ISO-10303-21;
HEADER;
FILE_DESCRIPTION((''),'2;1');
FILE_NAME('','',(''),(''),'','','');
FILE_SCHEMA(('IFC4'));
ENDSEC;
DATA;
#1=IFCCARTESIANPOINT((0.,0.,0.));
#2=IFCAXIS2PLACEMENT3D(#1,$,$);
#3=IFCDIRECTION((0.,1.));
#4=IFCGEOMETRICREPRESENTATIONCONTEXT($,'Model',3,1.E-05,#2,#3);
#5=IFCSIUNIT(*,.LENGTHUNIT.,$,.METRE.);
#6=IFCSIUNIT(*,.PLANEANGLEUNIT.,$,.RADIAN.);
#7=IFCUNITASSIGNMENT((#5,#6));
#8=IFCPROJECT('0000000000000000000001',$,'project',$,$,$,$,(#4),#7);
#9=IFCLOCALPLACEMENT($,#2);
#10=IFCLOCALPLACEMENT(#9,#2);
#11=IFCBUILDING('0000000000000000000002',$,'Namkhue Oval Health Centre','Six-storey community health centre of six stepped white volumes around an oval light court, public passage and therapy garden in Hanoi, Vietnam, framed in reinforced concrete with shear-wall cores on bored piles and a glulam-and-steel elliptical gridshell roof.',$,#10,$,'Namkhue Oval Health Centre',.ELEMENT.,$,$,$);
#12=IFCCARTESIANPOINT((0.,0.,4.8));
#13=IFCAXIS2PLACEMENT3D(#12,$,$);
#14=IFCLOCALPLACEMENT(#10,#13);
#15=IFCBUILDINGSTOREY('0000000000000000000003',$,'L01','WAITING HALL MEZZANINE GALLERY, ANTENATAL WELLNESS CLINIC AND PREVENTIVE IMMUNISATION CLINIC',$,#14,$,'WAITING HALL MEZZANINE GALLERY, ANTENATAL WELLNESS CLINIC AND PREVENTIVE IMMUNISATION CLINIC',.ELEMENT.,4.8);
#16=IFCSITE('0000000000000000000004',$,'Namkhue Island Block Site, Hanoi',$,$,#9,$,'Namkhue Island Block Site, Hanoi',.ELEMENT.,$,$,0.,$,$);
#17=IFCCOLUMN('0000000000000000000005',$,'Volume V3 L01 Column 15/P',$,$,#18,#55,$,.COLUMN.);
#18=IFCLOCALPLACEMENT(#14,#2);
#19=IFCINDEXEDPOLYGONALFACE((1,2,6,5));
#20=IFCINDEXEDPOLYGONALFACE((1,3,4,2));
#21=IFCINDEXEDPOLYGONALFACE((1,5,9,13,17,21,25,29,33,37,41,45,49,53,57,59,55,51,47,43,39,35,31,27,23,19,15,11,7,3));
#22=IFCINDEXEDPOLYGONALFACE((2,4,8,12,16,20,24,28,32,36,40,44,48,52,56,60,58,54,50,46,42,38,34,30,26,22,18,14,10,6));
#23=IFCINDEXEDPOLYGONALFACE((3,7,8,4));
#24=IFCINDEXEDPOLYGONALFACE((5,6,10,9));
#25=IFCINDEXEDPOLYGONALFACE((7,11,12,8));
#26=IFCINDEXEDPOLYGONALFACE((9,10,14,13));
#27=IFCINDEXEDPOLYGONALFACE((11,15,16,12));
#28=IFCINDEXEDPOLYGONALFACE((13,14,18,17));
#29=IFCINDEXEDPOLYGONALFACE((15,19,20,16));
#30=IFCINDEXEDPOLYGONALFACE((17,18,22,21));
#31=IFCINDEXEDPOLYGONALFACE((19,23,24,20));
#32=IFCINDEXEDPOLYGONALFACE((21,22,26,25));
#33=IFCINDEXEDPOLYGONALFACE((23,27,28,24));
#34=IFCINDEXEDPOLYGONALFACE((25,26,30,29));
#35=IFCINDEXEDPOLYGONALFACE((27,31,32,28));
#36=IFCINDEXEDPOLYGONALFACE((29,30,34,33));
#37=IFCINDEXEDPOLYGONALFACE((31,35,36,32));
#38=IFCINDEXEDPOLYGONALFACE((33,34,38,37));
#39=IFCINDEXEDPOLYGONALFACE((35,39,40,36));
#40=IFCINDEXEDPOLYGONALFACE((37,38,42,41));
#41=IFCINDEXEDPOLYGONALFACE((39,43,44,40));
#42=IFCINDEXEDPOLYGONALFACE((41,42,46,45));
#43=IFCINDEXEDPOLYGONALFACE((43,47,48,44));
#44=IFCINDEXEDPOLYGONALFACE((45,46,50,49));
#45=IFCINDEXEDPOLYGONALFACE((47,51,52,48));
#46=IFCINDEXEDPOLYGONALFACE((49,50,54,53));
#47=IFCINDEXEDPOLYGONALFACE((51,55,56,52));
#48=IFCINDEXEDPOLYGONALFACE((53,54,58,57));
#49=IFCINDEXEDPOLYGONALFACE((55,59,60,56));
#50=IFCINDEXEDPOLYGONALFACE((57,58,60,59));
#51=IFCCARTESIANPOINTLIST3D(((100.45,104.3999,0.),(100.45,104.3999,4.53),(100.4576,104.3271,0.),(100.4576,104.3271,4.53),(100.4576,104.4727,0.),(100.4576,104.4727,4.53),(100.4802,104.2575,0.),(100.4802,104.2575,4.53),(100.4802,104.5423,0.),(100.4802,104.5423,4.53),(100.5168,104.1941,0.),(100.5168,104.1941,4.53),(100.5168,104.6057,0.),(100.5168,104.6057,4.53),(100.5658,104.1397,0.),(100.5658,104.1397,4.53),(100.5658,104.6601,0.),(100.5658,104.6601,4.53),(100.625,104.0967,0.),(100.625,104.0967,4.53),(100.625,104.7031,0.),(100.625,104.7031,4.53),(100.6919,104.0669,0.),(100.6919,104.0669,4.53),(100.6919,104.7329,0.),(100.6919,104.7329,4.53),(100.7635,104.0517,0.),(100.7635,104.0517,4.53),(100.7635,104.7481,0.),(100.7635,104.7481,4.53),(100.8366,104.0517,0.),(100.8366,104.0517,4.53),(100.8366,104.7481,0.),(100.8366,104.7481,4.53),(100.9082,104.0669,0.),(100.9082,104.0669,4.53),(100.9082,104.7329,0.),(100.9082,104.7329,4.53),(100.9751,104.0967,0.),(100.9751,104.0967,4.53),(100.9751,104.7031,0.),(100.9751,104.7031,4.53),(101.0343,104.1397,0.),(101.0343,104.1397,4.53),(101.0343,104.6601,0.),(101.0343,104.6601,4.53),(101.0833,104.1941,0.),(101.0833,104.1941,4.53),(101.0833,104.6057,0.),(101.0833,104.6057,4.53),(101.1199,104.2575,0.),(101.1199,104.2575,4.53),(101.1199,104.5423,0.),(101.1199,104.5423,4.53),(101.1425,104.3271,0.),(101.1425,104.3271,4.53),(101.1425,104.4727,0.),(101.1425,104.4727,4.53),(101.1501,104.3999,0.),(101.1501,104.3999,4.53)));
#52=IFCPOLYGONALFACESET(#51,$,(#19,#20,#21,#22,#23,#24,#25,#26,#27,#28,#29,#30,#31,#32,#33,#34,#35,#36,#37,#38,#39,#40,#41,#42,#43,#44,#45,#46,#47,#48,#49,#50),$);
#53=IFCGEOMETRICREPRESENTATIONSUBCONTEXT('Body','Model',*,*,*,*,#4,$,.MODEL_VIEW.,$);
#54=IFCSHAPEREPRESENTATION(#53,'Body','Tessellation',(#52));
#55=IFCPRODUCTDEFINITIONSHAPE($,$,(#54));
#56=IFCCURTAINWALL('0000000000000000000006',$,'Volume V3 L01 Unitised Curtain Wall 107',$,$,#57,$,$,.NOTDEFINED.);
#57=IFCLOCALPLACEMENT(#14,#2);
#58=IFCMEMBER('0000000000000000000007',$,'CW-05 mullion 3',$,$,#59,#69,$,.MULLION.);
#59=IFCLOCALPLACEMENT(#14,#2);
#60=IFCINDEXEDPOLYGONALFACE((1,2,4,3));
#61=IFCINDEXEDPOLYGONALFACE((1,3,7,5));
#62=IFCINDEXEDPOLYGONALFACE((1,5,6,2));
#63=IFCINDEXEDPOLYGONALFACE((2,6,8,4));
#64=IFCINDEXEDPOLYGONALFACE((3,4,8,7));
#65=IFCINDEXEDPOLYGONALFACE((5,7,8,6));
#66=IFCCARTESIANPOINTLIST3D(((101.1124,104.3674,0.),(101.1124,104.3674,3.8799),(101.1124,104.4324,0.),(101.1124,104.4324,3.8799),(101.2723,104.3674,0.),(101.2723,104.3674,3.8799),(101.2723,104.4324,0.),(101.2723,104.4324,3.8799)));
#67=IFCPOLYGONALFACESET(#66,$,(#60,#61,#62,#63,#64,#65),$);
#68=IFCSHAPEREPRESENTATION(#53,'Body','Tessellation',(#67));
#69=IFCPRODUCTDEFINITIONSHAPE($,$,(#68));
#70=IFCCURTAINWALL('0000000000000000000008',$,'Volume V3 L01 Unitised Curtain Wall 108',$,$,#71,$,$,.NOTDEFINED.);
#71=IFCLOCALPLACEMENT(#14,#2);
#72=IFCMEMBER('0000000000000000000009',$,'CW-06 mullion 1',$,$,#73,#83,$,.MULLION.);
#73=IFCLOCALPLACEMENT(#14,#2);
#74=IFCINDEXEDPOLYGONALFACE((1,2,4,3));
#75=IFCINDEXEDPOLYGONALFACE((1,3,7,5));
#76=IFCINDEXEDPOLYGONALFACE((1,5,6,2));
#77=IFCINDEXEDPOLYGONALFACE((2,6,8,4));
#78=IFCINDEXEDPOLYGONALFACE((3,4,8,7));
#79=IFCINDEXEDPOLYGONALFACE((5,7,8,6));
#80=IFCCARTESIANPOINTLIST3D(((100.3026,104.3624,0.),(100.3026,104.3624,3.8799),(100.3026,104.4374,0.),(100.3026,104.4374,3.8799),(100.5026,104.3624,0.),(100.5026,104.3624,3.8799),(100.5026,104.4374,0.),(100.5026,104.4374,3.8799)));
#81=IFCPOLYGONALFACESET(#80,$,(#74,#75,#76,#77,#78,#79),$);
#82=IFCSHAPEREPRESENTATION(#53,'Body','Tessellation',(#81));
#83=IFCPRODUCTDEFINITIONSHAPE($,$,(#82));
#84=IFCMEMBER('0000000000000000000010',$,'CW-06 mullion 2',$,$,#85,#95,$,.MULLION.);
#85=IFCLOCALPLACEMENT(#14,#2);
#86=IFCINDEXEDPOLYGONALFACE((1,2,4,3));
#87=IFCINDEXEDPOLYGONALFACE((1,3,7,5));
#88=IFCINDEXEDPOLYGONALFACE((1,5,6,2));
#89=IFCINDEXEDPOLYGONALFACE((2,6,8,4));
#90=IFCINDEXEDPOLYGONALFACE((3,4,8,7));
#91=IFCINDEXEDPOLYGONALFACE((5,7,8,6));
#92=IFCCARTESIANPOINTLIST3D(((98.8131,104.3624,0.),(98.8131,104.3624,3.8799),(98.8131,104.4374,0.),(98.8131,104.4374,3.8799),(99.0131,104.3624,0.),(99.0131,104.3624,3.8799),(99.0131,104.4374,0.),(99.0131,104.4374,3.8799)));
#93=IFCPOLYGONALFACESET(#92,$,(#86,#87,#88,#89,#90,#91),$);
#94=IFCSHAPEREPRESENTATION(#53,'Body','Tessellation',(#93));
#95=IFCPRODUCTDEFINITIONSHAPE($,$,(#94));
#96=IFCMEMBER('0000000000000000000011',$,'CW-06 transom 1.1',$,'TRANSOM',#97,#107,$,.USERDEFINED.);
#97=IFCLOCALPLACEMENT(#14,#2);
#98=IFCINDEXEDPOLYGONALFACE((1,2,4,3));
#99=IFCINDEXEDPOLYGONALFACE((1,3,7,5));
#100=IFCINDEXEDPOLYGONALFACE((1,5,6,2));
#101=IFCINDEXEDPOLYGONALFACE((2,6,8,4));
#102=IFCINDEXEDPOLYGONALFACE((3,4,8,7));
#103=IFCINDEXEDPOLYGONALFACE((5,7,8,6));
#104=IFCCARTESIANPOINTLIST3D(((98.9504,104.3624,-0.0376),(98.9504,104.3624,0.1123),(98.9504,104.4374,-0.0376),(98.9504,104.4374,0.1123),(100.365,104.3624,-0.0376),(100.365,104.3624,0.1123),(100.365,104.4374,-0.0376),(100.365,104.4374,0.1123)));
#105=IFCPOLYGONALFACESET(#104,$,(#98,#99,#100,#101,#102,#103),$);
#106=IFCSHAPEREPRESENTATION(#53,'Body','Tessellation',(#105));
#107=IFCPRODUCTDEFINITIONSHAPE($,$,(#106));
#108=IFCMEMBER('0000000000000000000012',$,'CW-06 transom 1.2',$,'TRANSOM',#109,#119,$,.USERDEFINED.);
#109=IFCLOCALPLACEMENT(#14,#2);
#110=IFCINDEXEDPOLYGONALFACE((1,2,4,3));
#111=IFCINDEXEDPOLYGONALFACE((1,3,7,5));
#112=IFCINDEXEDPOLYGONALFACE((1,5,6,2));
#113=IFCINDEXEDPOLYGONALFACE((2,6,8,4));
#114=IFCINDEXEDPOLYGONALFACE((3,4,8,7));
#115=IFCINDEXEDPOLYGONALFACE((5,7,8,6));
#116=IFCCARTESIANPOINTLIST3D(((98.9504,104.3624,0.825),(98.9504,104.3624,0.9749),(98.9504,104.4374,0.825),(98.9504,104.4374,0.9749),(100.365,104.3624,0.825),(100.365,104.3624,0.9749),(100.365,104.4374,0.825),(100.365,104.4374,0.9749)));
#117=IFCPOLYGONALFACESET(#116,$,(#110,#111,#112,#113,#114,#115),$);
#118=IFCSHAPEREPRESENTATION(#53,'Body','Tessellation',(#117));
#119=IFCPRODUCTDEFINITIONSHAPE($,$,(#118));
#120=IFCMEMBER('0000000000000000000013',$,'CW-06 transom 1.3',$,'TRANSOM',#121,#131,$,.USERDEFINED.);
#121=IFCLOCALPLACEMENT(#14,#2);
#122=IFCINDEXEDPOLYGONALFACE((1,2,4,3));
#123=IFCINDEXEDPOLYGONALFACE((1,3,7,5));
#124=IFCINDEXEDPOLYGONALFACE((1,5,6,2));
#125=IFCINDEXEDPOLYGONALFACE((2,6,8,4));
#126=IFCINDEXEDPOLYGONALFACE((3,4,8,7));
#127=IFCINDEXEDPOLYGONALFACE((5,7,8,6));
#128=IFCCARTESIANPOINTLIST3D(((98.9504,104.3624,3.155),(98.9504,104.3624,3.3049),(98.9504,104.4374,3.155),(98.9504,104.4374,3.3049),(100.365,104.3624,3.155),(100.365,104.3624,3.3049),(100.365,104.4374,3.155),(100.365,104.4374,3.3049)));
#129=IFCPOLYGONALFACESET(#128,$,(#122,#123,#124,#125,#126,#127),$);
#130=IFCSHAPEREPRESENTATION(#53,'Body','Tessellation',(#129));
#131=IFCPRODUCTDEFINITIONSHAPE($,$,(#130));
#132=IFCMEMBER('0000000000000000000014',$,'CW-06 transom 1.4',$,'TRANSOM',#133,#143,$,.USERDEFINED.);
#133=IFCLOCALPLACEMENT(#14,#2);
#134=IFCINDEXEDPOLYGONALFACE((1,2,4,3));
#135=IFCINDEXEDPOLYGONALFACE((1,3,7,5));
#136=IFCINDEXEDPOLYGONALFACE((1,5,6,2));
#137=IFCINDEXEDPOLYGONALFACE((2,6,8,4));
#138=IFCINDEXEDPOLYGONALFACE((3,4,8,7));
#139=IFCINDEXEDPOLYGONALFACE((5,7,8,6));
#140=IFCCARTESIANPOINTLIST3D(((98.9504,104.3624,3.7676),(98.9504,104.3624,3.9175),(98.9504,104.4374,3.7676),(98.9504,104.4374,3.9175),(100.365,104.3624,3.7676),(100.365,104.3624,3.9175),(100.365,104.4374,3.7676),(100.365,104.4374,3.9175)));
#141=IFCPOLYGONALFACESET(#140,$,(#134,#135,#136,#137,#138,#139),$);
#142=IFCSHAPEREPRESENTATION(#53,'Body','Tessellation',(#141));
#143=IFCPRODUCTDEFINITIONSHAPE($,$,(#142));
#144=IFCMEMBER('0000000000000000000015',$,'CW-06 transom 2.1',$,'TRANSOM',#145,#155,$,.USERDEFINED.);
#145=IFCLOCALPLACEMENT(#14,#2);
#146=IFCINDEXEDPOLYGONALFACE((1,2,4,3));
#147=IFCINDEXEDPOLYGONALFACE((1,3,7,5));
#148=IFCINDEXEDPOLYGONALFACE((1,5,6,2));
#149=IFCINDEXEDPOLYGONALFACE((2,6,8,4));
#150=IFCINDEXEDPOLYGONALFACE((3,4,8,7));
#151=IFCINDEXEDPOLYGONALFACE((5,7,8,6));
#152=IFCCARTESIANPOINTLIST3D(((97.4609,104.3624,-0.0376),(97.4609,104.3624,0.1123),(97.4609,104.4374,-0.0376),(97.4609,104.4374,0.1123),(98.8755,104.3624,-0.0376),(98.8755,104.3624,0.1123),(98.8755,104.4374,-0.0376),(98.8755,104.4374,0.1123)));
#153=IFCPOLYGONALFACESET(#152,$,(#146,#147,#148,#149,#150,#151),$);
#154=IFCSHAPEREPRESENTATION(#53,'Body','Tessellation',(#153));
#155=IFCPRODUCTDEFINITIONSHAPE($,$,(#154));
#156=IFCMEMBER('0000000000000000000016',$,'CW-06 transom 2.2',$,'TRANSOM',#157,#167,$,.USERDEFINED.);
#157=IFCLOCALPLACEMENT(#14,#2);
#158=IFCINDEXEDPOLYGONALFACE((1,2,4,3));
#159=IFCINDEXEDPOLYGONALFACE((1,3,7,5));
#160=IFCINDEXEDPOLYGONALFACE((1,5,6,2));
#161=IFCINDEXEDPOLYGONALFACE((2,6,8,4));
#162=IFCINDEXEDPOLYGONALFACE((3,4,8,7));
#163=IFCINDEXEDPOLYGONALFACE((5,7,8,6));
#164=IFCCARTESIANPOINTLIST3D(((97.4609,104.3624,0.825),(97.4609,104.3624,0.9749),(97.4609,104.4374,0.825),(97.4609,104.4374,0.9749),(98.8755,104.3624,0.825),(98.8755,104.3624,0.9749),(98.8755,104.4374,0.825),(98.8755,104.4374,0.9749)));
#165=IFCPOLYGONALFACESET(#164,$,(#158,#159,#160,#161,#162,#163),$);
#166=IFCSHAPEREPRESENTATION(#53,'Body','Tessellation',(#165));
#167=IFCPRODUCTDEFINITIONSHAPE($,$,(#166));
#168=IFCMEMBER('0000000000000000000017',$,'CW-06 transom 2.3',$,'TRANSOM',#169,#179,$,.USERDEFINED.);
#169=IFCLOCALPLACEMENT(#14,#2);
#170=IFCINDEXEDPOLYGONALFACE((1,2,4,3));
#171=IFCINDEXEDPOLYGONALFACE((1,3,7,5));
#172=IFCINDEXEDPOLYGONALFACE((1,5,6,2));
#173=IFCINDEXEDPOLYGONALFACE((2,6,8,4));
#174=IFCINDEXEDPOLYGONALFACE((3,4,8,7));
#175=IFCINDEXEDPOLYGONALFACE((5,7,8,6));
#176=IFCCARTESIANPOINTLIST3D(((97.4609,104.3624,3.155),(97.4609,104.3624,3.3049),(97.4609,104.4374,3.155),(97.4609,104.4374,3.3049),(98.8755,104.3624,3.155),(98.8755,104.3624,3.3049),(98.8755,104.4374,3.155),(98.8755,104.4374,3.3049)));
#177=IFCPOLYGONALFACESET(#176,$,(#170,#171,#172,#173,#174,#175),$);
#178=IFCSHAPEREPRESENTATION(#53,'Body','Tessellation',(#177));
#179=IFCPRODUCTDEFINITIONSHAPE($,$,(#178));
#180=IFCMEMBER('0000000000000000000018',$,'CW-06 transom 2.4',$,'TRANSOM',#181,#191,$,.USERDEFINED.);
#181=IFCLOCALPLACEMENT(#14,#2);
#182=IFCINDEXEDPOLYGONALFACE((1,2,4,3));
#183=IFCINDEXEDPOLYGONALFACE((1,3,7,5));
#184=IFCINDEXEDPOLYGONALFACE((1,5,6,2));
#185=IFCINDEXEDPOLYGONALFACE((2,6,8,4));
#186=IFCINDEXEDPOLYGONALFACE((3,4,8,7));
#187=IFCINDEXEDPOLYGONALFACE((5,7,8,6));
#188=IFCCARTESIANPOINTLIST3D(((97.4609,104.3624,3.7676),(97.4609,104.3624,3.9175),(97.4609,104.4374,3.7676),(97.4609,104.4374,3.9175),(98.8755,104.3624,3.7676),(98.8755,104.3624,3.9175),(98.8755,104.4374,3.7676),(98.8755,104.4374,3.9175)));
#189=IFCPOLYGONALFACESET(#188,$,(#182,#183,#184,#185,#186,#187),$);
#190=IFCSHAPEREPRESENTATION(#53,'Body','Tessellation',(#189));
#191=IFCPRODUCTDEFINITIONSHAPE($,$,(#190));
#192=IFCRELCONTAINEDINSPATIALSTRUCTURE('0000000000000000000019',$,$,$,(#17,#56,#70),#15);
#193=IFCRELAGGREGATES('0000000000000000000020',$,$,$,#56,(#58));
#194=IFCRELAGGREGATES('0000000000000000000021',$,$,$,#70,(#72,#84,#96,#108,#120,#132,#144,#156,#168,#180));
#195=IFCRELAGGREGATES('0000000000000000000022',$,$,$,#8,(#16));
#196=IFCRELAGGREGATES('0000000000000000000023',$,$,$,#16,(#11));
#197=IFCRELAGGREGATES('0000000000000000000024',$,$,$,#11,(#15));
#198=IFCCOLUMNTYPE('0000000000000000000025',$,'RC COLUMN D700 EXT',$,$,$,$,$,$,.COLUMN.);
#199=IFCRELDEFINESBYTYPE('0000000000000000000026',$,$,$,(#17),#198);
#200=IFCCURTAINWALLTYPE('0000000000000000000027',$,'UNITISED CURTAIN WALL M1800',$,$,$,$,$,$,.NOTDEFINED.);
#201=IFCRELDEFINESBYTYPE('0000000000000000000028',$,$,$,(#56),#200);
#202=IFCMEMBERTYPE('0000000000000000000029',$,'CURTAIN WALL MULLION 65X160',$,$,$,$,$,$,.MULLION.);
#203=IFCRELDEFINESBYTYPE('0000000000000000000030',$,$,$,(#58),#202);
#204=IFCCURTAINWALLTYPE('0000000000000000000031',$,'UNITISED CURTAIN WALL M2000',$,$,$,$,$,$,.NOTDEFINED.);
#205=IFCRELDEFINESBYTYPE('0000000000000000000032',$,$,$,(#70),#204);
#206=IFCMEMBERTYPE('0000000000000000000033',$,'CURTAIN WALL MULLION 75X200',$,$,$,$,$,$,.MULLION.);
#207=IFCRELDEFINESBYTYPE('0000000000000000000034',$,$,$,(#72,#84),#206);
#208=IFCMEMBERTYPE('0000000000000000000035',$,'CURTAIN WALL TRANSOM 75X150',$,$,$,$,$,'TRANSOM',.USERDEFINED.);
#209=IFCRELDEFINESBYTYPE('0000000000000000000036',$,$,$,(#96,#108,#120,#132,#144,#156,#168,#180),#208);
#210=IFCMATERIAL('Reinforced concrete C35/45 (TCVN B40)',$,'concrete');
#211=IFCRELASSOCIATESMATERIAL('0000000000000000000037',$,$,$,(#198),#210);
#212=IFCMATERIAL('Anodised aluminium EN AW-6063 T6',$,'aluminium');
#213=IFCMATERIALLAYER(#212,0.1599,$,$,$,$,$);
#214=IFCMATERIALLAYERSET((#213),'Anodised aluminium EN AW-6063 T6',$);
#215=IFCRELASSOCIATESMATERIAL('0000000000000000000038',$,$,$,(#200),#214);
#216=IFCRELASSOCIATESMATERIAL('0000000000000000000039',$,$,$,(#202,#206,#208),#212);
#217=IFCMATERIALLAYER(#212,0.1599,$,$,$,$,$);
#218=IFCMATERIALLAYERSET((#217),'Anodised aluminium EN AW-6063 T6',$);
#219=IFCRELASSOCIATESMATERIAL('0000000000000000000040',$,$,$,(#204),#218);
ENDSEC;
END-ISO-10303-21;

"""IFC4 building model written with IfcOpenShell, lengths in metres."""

from ifc_helpers import new_model, si_unit, direction, frame, origin, origin_2d, place, context, subcontext, project, spatial, rectangle, circle, extrude, material, layer, layer_set, material_profile, profile_set, type_object, element, aggregate, save


model = new_model("IFC4")

# Units and contexts
model_context = context("Model", 3, precision=1e-05, world=origin(), true_north=direction((0.0, 1.0)))
body_context = subcontext(model_context, "Body", "Model", "MODEL_VIEW")
ifc_project = project(units=[si_unit("LENGTHUNIT", "METRE"), si_unit("PLANEANGLEUNIT", "RADIAN")], contexts=[model_context])

# Site, building, storey
site_placement = place(None, origin())
site = spatial("IfcSite", under=ifc_project, at=site_placement, Name="Namkhue Island Block Site, Hanoi", LongName="Namkhue Island Block Site, Hanoi", CompositionType="ELEMENT", RefElevation=0.0)
building_placement = place(site_placement, origin())
building = spatial("IfcBuilding", under=site, at=building_placement, Name="Namkhue Oval Health Centre", Description="Six-storey community health centre of six stepped white volumes around an oval light court, public passage and therapy garden in Hanoi, Vietnam, framed in reinforced concrete with shear-wall cores on bored piles and a glulam-and-steel elliptical gridshell roof.", LongName="Namkhue Oval Health Centre", CompositionType="ELEMENT")
storey_placement = place(building_placement, frame((0.0, 0.0, 4.8)))
storey = spatial("IfcBuildingStorey", under=building, at=storey_placement, Name="L01", Description="WAITING HALL MEZZANINE GALLERY, ANTENATAL WELLNESS CLINIC AND PREVENTIVE IMMUNISATION CLINIC", LongName="WAITING HALL MEZZANINE GALLERY, ANTENATAL WELLNESS CLINIC AND PREVENTIVE IMMUNISATION CLINIC", CompositionType="ELEMENT", Elevation=4.8)

# Column
ifc_material_1 = material(Name="Reinforced concrete C35/45 (TCVN B40)", Category="concrete")
ifc_material_profile_1 = material_profile(ifc_material_1, circle(Radius=0.3501, at=origin_2d()), Name="RC D700")
ifc_profile_set_1 = profile_set([ifc_material_profile_1], Name="Reinforced concrete C35/45 (TCVN B40)")
column_type = type_object("IfcColumnType", Name="RC COLUMN D700 EXT", PredefinedType="COLUMN", material=ifc_profile_set_1)
column_placement = place(storey_placement, frame((100.8, 104.3999, 0.0), z_axis=(0.0, 0.0, 1.0), x_axis=(1.0, 0.0, 0.0)))
element("IfcColumn", 1, at=column_placement, inside=storey, type_object=column_type, Name="Volume V3 L01 Column 15/P", PredefinedType="COLUMN", context=body_context, shape_type="SweptSolid", body=[
    extrude(circle(Radius=0.3501, at=origin_2d()), origin(), (0.0, 0.0, 1.0), 4.53),
])

# Curtain wall, member
ifc_material_2 = material(Name="Anodised aluminium EN AW-6063 T6", Category="aluminium")
ifc_layer_1 = layer(ifc_material_2, 0.1599)
ifc_layer_set_1 = layer_set([ifc_layer_1], Name="Anodised aluminium EN AW-6063 T6")
curtain_wall_type_1 = type_object("IfcCurtainWallType", Name="UNITISED CURTAIN WALL M1800", PredefinedType="NOTDEFINED", material=ifc_layer_set_1)
curtain_wall_1_placement = place(storey_placement, origin())
curtain_wall_1 = element("IfcCurtainWall", 2, at=curtain_wall_1_placement, inside=storey, type_object=curtain_wall_type_1, Name="Volume V3 L01 Unitised Curtain Wall 107", PredefinedType="NOTDEFINED")
ifc_material_profile_2 = material_profile(ifc_material_2, rectangle(XDim=0.0649, YDim=0.1599, at=origin_2d()), Name="ALU 65x160")
ifc_profile_set_2 = profile_set([ifc_material_profile_2], Name="Anodised aluminium EN AW-6063 T6")
member_type_1 = type_object("IfcMemberType", Name="CURTAIN WALL MULLION 65X160", PredefinedType="MULLION", material=ifc_profile_set_2)
member_1_placement = place(storey_placement, frame((101.1924, 104.3999, 0.0), z_axis=(0.0, 0.0, 1.0), x_axis=(0.0, -1.0, 0.0)))
member_1 = element("IfcMember", 3, at=member_1_placement, type_object=member_type_1, Name="CW-05 mullion 3", PredefinedType="MULLION", context=body_context, shape_type="SweptSolid", body=[
    extrude(rectangle(XDim=0.0649, YDim=0.1599, at=origin_2d()), origin(), (0.0, 0.0, 1.0), 3.8799),
])

# Curtain wall, members
ifc_layer_2 = layer(ifc_material_2, 0.1599)
ifc_layer_set_2 = layer_set([ifc_layer_2], Name="Anodised aluminium EN AW-6063 T6")
curtain_wall_type_2 = type_object("IfcCurtainWallType", Name="UNITISED CURTAIN WALL M2000", PredefinedType="NOTDEFINED", material=ifc_layer_set_2)
curtain_wall_2_placement = place(storey_placement, origin())
curtain_wall_2 = element("IfcCurtainWall", 4, at=curtain_wall_2_placement, inside=storey, type_object=curtain_wall_type_2, Name="Volume V3 L01 Unitised Curtain Wall 108", PredefinedType="NOTDEFINED")
ifc_material_profile_3 = material_profile(ifc_material_2, rectangle(XDim=0.075, YDim=0.2, at=origin_2d()), Name="ALU 75x200")
ifc_profile_set_3 = profile_set([ifc_material_profile_3], Name="Anodised aluminium EN AW-6063 T6")
member_type_2 = type_object("IfcMemberType", Name="CURTAIN WALL MULLION 75X200", PredefinedType="MULLION", material=ifc_profile_set_3)
member_2_placement = place(storey_placement, frame((100.4026, 104.3999, 0.0), z_axis=(0.0, 0.0, 1.0), x_axis=(0.0, -1.0, 0.0)))
member_2 = element("IfcMember", 5, at=member_2_placement, type_object=member_type_2, Name="CW-06 mullion 1", PredefinedType="MULLION", context=body_context, shape_type="SweptSolid", body=[
    extrude(rectangle(XDim=0.075, YDim=0.2, at=origin_2d()), origin(), (0.0, 0.0, 1.0), 3.8799),
])
member_3_placement = place(storey_placement, frame((98.9131, 104.3999, 0.0), z_axis=(0.0, 0.0, 1.0), x_axis=(0.0, -1.0, 0.0)))
member_3 = element("IfcMember", 6, at=member_3_placement, type_object=member_type_2, Name="CW-06 mullion 2", PredefinedType="MULLION", context=body_context, shape_type="SweptSolid", body=[
    extrude(rectangle(XDim=0.075, YDim=0.2, at=origin_2d()), origin(), (0.0, 0.0, 1.0), 3.8799),
])
ifc_material_profile_4 = material_profile(ifc_material_2, rectangle(XDim=0.075, YDim=0.1499, at=origin_2d()), Name="ALU 75x150")
ifc_profile_set_4 = profile_set([ifc_material_profile_4], Name="Anodised aluminium EN AW-6063 T6")
member_type_3 = type_object("IfcMemberType", Name="CURTAIN WALL TRANSOM 75X150", ElementType="TRANSOM", PredefinedType="USERDEFINED", material=ifc_profile_set_4)
member_4_placement = place(storey_placement, frame((100.365, 104.3999, 0.0374), z_axis=(-1.0, 0.0, 0.0), x_axis=(0.0, -1.0, 0.0)))
member_4 = element("IfcMember", 7, at=member_4_placement, type_object=member_type_3, Name="CW-06 transom 1.1", ObjectType="TRANSOM", PredefinedType="USERDEFINED", context=body_context, shape_type="SweptSolid", body=[
    extrude(rectangle(XDim=0.075, YDim=0.1499, at=origin_2d()), origin(), (0.0, 0.0, 1.0), 1.4146),
])
member_5_placement = place(storey_placement, frame((100.365, 104.3999, 0.8999), z_axis=(-1.0, 0.0, 0.0), x_axis=(0.0, -1.0, 0.0)))
member_5 = element("IfcMember", 8, at=member_5_placement, type_object=member_type_3, Name="CW-06 transom 1.2", ObjectType="TRANSOM", PredefinedType="USERDEFINED", context=body_context, shape_type="SweptSolid", body=[
    extrude(rectangle(XDim=0.075, YDim=0.1499, at=origin_2d()), origin(), (0.0, 0.0, 1.0), 1.4146),
])
member_6_placement = place(storey_placement, frame((100.365, 104.3999, 3.23), z_axis=(-1.0, 0.0, 0.0), x_axis=(0.0, -1.0, 0.0)))
member_6 = element("IfcMember", 9, at=member_6_placement, type_object=member_type_3, Name="CW-06 transom 1.3", ObjectType="TRANSOM", PredefinedType="USERDEFINED", context=body_context, shape_type="SweptSolid", body=[
    extrude(rectangle(XDim=0.075, YDim=0.1499, at=origin_2d()), origin(), (0.0, 0.0, 1.0), 1.4146),
])
member_7_placement = place(storey_placement, frame((100.365, 104.3999, 3.8425), z_axis=(-1.0, 0.0, 0.0), x_axis=(0.0, -1.0, 0.0)))
member_7 = element("IfcMember", 10, at=member_7_placement, type_object=member_type_3, Name="CW-06 transom 1.4", ObjectType="TRANSOM", PredefinedType="USERDEFINED", context=body_context, shape_type="SweptSolid", body=[
    extrude(rectangle(XDim=0.075, YDim=0.1499, at=origin_2d()), origin(), (0.0, 0.0, 1.0), 1.4146),
])
member_8_placement = place(storey_placement, frame((98.8755, 104.3999, 0.0374), z_axis=(-1.0, 0.0, 0.0), x_axis=(0.0, -1.0, 0.0)))
member_8 = element("IfcMember", 11, at=member_8_placement, type_object=member_type_3, Name="CW-06 transom 2.1", ObjectType="TRANSOM", PredefinedType="USERDEFINED", context=body_context, shape_type="SweptSolid", body=[
    extrude(rectangle(XDim=0.075, YDim=0.1499, at=origin_2d()), origin(), (0.0, 0.0, 1.0), 1.4146),
])
member_9_placement = place(storey_placement, frame((98.8755, 104.3999, 0.8999), z_axis=(-1.0, 0.0, 0.0), x_axis=(0.0, -1.0, 0.0)))
member_9 = element("IfcMember", 12, at=member_9_placement, type_object=member_type_3, Name="CW-06 transom 2.2", ObjectType="TRANSOM", PredefinedType="USERDEFINED", context=body_context, shape_type="SweptSolid", body=[
    extrude(rectangle(XDim=0.075, YDim=0.1499, at=origin_2d()), origin(), (0.0, 0.0, 1.0), 1.4146),
])
member_10_placement = place(storey_placement, frame((98.8755, 104.3999, 3.23), z_axis=(-1.0, 0.0, 0.0), x_axis=(0.0, -1.0, 0.0)))
member_10 = element("IfcMember", 13, at=member_10_placement, type_object=member_type_3, Name="CW-06 transom 2.3", ObjectType="TRANSOM", PredefinedType="USERDEFINED", context=body_context, shape_type="SweptSolid", body=[
    extrude(rectangle(XDim=0.075, YDim=0.1499, at=origin_2d()), origin(), (0.0, 0.0, 1.0), 1.4146),
])
member_11_placement = place(storey_placement, frame((98.8755, 104.3999, 3.8425), z_axis=(-1.0, 0.0, 0.0), x_axis=(0.0, -1.0, 0.0)))
member_11 = element("IfcMember", 14, at=member_11_placement, type_object=member_type_3, Name="CW-06 transom 2.4", ObjectType="TRANSOM", PredefinedType="USERDEFINED", context=body_context, shape_type="SweptSolid", body=[
    extrude(rectangle(XDim=0.075, YDim=0.1499, at=origin_2d()), origin(), (0.0, 0.0, 1.0), 1.4146),
])

aggregate(curtain_wall_1, [member_1])
aggregate(curtain_wall_2, [member_2, member_3, member_4, member_5, member_6, member_7, member_8, member_9, member_10, member_11])

save(model, "model.ifc")
